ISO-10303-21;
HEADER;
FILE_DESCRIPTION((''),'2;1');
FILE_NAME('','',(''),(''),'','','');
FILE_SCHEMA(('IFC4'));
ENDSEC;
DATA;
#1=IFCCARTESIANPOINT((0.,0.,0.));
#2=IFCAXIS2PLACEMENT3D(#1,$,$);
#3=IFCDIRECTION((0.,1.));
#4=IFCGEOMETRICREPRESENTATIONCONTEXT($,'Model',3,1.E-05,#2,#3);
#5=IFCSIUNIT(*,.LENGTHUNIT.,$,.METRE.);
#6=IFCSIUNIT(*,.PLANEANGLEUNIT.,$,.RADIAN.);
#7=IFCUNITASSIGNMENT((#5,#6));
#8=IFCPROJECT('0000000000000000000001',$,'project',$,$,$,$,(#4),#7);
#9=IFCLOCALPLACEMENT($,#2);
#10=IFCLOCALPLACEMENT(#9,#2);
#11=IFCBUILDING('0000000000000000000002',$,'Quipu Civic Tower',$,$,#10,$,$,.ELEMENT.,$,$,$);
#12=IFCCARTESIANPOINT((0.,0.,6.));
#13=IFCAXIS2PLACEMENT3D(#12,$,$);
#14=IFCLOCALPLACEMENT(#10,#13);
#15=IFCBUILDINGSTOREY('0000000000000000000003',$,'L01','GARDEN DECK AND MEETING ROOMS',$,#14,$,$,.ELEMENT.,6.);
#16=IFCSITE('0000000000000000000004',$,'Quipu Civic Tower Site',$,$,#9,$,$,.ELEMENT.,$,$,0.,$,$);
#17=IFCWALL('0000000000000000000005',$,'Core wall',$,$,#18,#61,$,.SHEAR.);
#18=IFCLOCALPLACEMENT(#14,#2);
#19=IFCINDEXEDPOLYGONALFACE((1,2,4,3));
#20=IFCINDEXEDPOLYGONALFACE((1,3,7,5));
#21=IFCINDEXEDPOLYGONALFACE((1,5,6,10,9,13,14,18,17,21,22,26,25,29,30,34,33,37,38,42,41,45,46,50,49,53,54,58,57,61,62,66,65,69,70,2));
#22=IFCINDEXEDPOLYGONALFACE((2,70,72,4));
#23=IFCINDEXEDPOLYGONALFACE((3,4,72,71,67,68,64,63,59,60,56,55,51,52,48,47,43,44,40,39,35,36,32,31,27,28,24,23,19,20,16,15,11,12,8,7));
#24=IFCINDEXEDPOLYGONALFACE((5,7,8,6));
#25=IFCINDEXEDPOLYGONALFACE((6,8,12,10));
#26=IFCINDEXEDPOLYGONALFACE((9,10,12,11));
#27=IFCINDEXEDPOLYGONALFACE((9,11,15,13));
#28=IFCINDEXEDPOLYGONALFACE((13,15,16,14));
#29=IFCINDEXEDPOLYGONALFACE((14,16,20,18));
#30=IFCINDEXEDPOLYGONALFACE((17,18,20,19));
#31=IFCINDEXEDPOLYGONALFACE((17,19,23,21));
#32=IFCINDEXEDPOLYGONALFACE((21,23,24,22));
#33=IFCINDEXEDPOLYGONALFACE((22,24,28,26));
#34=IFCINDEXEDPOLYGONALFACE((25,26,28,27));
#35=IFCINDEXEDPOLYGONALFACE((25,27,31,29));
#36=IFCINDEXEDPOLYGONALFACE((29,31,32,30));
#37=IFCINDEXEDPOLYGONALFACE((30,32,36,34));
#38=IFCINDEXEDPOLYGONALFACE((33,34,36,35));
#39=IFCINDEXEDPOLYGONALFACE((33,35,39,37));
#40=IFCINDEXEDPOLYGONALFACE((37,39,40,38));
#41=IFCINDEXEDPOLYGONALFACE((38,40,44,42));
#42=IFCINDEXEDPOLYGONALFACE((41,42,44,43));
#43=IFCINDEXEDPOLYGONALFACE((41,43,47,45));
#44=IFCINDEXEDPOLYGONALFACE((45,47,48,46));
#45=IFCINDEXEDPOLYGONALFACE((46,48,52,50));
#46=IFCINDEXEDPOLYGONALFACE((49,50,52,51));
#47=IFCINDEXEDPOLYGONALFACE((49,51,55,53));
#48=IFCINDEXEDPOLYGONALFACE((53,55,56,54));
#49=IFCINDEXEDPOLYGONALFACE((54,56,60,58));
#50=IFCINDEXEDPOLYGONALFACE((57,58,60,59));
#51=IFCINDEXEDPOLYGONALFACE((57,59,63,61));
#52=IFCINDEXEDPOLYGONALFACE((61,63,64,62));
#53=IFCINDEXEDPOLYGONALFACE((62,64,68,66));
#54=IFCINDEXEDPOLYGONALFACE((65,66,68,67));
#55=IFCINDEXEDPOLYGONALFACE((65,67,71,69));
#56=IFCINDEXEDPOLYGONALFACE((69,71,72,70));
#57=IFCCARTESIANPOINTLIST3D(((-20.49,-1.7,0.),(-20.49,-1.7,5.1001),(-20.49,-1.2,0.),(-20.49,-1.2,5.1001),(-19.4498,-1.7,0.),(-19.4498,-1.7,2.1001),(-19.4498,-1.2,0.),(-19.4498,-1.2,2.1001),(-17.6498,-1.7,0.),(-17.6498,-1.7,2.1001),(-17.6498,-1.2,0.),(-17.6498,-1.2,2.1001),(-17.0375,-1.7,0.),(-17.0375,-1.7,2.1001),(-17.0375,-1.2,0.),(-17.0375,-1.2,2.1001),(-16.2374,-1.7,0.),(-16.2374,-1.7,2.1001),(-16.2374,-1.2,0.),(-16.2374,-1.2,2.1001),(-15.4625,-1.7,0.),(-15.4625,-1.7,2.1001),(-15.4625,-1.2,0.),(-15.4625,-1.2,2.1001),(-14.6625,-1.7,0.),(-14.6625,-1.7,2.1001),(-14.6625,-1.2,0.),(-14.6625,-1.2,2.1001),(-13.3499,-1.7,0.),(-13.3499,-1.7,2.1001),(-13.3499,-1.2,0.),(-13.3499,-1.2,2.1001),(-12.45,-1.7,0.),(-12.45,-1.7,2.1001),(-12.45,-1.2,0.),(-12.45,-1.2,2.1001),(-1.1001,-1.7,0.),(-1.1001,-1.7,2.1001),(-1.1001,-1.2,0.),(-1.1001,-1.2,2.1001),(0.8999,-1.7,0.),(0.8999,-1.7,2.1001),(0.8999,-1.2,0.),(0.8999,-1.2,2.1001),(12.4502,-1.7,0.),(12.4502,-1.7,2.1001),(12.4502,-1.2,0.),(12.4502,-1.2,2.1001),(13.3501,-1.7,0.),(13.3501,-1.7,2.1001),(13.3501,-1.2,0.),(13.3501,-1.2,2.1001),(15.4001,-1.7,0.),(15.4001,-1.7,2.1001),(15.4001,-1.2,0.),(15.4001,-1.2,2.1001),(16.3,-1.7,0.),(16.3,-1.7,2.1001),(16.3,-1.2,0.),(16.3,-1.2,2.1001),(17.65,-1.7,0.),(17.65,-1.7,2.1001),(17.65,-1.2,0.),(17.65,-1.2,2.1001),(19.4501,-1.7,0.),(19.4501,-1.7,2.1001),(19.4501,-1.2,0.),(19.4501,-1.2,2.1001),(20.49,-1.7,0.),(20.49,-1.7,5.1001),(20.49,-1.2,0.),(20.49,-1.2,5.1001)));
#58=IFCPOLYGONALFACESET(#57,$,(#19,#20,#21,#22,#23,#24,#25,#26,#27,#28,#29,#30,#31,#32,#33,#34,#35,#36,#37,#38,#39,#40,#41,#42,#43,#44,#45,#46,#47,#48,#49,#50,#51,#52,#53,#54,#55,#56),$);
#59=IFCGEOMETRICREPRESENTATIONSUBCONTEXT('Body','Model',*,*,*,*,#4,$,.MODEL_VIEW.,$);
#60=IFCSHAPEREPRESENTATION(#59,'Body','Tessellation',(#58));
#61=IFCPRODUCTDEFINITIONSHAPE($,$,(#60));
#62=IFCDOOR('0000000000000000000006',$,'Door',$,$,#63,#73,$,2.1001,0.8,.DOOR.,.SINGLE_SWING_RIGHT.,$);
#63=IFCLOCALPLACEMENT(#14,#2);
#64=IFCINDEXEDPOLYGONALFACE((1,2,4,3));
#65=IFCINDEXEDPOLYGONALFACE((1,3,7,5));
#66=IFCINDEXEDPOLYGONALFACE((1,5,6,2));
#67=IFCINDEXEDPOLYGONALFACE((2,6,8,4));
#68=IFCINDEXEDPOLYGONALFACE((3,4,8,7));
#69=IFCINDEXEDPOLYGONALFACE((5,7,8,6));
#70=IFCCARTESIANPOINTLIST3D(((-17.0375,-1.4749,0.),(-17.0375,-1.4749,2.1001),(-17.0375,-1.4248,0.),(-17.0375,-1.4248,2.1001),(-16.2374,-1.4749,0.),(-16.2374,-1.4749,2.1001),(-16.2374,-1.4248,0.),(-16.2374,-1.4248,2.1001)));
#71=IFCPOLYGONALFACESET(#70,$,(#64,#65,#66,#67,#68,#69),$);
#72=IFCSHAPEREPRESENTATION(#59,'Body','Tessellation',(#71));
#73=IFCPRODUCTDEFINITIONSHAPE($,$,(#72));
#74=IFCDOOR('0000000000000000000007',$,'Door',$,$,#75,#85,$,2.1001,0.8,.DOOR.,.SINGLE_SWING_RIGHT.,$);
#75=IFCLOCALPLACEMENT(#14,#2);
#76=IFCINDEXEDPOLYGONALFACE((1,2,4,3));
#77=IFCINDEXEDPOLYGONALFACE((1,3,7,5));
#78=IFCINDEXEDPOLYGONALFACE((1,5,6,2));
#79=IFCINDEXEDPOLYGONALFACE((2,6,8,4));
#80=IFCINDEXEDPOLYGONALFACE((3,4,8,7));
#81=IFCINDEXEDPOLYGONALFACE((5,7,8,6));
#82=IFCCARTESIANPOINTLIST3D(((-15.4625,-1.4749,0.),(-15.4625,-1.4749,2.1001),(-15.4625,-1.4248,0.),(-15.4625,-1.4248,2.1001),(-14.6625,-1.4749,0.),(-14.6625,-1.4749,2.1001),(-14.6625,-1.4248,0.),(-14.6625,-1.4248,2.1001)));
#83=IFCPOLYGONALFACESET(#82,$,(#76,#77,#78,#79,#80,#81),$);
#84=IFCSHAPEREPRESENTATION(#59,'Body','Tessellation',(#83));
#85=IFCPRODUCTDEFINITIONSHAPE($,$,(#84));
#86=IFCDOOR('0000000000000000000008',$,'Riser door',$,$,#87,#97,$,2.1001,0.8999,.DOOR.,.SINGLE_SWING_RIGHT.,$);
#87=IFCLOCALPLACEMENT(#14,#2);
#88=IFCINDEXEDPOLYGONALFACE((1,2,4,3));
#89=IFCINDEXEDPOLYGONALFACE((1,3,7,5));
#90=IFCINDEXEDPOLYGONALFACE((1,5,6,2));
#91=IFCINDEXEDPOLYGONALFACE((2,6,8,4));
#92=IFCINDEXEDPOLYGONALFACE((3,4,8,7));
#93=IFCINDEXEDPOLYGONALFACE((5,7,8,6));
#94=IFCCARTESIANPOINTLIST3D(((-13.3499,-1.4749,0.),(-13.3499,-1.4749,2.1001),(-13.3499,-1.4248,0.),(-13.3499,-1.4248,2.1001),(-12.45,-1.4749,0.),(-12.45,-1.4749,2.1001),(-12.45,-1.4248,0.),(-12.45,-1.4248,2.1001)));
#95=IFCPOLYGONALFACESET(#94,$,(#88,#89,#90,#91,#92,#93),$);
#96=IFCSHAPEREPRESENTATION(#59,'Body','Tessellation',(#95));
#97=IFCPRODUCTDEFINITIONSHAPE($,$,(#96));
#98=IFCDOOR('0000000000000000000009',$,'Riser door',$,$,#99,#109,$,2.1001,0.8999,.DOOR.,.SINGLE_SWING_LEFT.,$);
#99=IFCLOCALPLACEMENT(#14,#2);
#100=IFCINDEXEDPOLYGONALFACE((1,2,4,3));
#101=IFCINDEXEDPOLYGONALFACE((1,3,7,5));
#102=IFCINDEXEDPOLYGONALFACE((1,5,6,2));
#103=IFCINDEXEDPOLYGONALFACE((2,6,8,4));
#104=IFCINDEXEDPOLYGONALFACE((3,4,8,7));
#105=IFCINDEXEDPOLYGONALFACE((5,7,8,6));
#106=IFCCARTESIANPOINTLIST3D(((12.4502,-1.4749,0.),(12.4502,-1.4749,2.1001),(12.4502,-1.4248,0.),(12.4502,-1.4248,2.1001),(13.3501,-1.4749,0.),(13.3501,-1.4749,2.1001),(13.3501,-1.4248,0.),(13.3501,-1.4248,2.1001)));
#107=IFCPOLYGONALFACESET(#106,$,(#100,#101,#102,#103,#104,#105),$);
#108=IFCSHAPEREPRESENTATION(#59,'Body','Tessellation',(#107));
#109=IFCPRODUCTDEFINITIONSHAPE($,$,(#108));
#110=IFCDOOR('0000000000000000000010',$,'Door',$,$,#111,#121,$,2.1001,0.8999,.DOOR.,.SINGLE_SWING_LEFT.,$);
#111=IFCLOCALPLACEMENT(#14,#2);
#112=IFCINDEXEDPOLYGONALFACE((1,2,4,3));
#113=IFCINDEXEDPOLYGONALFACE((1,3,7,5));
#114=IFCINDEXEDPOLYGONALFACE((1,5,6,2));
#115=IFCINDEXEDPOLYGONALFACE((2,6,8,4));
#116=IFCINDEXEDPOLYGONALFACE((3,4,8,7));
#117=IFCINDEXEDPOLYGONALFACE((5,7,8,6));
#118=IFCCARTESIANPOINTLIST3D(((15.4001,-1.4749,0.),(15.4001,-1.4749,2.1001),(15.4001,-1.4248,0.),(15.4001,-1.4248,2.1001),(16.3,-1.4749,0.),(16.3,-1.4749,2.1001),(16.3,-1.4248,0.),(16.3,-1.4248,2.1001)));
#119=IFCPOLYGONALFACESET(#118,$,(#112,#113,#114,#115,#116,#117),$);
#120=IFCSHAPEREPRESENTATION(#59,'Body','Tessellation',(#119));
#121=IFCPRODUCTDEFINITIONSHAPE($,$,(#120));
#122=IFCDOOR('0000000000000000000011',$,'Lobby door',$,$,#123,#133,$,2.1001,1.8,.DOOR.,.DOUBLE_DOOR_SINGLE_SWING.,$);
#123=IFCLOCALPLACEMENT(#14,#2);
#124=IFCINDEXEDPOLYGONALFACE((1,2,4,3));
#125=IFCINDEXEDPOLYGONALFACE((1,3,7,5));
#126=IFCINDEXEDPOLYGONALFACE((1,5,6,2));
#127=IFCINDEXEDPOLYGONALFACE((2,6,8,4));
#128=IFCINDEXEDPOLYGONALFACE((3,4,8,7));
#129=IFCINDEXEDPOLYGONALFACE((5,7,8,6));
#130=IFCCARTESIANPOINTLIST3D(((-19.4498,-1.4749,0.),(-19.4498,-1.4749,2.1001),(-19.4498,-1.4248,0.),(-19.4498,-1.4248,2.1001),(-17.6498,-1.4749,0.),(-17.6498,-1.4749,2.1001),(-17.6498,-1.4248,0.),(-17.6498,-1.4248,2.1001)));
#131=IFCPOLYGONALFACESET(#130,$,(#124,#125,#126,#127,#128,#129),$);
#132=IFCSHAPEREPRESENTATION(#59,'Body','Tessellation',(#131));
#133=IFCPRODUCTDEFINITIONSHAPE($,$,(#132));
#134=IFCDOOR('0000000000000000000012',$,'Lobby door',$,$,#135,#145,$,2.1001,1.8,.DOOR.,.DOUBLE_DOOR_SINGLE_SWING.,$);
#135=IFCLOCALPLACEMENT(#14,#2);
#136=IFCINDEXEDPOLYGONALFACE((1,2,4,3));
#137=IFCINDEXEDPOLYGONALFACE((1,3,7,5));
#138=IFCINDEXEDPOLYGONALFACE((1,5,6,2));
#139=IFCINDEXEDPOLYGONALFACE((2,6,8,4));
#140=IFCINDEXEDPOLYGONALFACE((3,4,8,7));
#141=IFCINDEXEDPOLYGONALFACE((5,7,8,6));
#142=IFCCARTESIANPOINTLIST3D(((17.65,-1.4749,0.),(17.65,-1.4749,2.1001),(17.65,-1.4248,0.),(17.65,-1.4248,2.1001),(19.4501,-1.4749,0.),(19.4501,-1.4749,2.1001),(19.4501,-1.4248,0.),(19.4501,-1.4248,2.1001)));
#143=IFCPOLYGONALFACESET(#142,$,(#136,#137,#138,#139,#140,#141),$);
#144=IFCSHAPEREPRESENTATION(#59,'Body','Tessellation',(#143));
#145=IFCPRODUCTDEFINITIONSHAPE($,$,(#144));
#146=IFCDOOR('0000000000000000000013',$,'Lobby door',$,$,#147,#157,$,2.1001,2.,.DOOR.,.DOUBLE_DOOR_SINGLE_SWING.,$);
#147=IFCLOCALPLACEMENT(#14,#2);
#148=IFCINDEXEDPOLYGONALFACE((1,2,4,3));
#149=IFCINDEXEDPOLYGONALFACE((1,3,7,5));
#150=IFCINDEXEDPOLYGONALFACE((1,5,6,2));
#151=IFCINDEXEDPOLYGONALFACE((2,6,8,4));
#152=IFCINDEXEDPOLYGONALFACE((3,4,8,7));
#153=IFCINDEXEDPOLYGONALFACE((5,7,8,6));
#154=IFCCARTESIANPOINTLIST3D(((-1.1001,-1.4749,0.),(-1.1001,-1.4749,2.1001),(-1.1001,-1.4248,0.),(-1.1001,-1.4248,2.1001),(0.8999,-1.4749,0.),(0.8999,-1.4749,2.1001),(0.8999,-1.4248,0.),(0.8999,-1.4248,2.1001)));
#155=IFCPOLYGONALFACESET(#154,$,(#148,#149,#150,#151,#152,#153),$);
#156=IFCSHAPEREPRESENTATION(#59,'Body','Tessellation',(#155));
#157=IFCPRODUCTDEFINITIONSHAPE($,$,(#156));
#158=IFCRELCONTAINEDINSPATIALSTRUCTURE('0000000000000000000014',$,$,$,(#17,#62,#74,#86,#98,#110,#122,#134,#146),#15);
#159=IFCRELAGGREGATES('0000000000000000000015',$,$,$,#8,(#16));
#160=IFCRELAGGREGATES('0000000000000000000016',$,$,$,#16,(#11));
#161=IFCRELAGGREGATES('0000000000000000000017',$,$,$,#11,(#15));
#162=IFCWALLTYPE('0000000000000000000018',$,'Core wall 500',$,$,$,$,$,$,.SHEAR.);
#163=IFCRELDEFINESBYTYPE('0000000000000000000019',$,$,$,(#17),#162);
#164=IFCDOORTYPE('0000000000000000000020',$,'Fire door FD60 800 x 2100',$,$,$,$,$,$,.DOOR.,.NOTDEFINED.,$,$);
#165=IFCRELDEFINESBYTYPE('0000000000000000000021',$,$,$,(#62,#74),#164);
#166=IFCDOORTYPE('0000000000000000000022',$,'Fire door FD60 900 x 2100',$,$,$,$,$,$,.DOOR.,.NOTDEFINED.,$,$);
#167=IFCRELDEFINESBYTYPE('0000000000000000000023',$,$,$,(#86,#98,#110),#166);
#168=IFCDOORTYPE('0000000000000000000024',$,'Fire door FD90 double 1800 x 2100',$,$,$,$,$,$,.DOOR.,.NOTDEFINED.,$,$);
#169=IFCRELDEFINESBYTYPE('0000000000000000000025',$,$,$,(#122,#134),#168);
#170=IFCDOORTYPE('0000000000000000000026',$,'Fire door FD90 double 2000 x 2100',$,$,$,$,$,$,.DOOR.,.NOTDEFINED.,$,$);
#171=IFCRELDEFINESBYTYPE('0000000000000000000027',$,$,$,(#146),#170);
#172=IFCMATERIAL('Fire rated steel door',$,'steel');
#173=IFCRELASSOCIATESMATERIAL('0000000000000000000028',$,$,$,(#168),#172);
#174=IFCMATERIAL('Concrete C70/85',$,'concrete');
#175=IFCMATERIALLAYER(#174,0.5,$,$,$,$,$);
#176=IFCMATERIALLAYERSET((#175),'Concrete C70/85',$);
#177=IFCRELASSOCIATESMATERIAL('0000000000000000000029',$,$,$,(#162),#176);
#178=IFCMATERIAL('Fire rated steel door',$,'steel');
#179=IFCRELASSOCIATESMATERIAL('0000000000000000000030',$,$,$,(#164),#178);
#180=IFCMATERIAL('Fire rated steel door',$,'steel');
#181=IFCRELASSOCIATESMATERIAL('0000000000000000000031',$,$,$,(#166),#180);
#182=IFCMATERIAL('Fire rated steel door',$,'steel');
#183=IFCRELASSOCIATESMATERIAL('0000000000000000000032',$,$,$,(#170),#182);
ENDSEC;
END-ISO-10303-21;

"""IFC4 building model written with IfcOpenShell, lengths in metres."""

from ifc_helpers import new_model, si_unit, direction, frame, frame_2d, origin, place, context, subcontext, project, spatial, rectangle, extrude, material, layer, layer_set, type_object, element, fill, save


model = new_model("IFC4")

# Units and contexts
model_context = context("Model", 3, precision=1e-05, world=origin(), true_north=direction((0.0, 1.0)))
body_context = subcontext(model_context, "Body", "Model", "MODEL_VIEW")
ifc_project = project(units=[si_unit("LENGTHUNIT", "METRE"), si_unit("PLANEANGLEUNIT", "RADIAN")], contexts=[model_context])

# Site, building, storey
site_placement = place(None, origin())
site = spatial("IfcSite", under=ifc_project, at=site_placement, Name="Quipu Civic Tower Site", CompositionType="ELEMENT", RefElevation=0.0)
building_placement = place(site_placement, origin())
building = spatial("IfcBuilding", under=site, at=building_placement, Name="Quipu Civic Tower", CompositionType="ELEMENT")
storey_placement = place(building_placement, frame((0.0, 0.0, 6.0)))
storey = spatial("IfcBuildingStorey", under=building, at=storey_placement, Name="L01", Description="GARDEN DECK AND MEETING ROOMS", CompositionType="ELEMENT", Elevation=6.0)

# Shared definitions
ifc_material_1 = material(Name="Fire rated steel door", Category="steel")
door_type_1 = type_object("IfcDoorType", Name="Fire door FD90 double 1800 x 2100", OperationType="NOTDEFINED", PredefinedType="DOOR", material=ifc_material_1)

# Wall, openings, doors
ifc_material_2 = material(Name="Concrete C70/85", Category="concrete")
ifc_layer_1 = layer(ifc_material_2, 0.5)
ifc_layer_set_1 = layer_set([ifc_layer_1], Name="Concrete C70/85")
wall_type_1 = type_object("IfcWallType", Name="Core wall 500", PredefinedType="SHEAR", material=ifc_layer_set_1)
wall_1_placement = place(storey_placement, frame((20.49, -1.45, 0.0), z_axis=(0.0, 0.0, 1.0), x_axis=(-1.0, 0.0, 0.0)))
wall_1 = element("IfcWall", 1, at=wall_1_placement, inside=storey, type_object=wall_type_1, Name="Core wall", PredefinedType="SHEAR", context=body_context, shape_type="SweptSolid", body=[
    extrude(rectangle(XDim=40.98, YDim=0.5, at=frame_2d((20.49, 0.0))), origin(), (0.0, 0.0, 1.0), 5.1001),
])
opening_1_placement = place(wall_1_placement, frame((38.1399, 0.0, 0.0)))
opening_1 = element("IfcOpeningElement", 2, at=opening_1_placement, cuts=wall_1, PredefinedType="OPENING", context=body_context, shape_type="SweptSolid", body=[
    extrude(rectangle(XDim=1.8, YDim=2.1001, at=frame_2d((0.8999, 1.05))), frame((0.0, 0.26, 0.0), z_axis=(0.0, -1.0, 0.0), x_axis=(1.0, 0.0, 0.0)), (0.0, 0.0, 1.0), 0.52),
])
opening_2_placement = place(wall_1_placement, frame((36.7275, 0.0, 0.0)))
opening_2 = element("IfcOpeningElement", 3, at=opening_2_placement, cuts=wall_1, PredefinedType="OPENING", context=body_context, shape_type="SweptSolid", body=[
    extrude(rectangle(XDim=0.8, YDim=2.1001, at=frame_2d((0.3999, 1.05))), frame((0.0, 0.26, 0.0), z_axis=(0.0, -1.0, 0.0), x_axis=(1.0, 0.0, 0.0)), (0.0, 0.0, 1.0), 0.52),
])
opening_3_placement = place(wall_1_placement, frame((35.1526, 0.0, 0.0)))
opening_3 = element("IfcOpeningElement", 4, at=opening_3_placement, cuts=wall_1, PredefinedType="OPENING", context=body_context, shape_type="SweptSolid", body=[
    extrude(rectangle(XDim=0.8, YDim=2.1001, at=frame_2d((0.3999, 1.05))), frame((0.0, 0.26, 0.0), z_axis=(0.0, -1.0, 0.0), x_axis=(1.0, 0.0, 0.0)), (0.0, 0.0, 1.0), 0.52),
])
opening_4_placement = place(wall_1_placement, frame((32.9399, 0.0, 0.0)))
opening_4 = element("IfcOpeningElement", 5, at=opening_4_placement, cuts=wall_1, PredefinedType="OPENING", context=body_context, shape_type="SweptSolid", body=[
    extrude(rectangle(XDim=0.8999, YDim=2.1001, at=frame_2d((0.45, 1.05))), frame((0.0, 0.26, 0.0), z_axis=(0.0, -1.0, 0.0), x_axis=(1.0, 0.0, 0.0)), (0.0, 0.0, 1.0), 0.52),
])
opening_5_placement = place(wall_1_placement, frame((19.5901, 0.0, 0.0)))
opening_5 = element("IfcOpeningElement", 6, at=opening_5_placement, cuts=wall_1, PredefinedType="OPENING", context=body_context, shape_type="SweptSolid", body=[
    extrude(rectangle(XDim=2.0, YDim=2.1001, at=frame_2d((1.0, 1.05))), frame((0.0, 0.26, 0.0), z_axis=(0.0, -1.0, 0.0), x_axis=(1.0, 0.0, 0.0)), (0.0, 0.0, 1.0), 0.52),
])
opening_6_placement = place(wall_1_placement, frame((7.1399, 0.0, 0.0)))
opening_6 = element("IfcOpeningElement", 7, at=opening_6_placement, cuts=wall_1, PredefinedType="OPENING", context=body_context, shape_type="SweptSolid", body=[
    extrude(rectangle(XDim=0.8999, YDim=2.1001, at=frame_2d((0.45, 1.05))), frame((0.0, 0.26, 0.0), z_axis=(0.0, -1.0, 0.0), x_axis=(1.0, 0.0, 0.0)), (0.0, 0.0, 1.0), 0.52),
])
opening_7_placement = place(wall_1_placement, frame((4.1899, 0.0, 0.0)))
opening_7 = element("IfcOpeningElement", 8, at=opening_7_placement, cuts=wall_1, PredefinedType="OPENING", context=body_context, shape_type="SweptSolid", body=[
    extrude(rectangle(XDim=0.8999, YDim=2.1001, at=frame_2d((0.45, 1.05))), frame((0.0, 0.26, 0.0), z_axis=(0.0, -1.0, 0.0), x_axis=(1.0, 0.0, 0.0)), (0.0, 0.0, 1.0), 0.52),
])
opening_8_placement = place(wall_1_placement, frame((1.04, 0.0, 0.0)))
opening_8 = element("IfcOpeningElement", 9, at=opening_8_placement, cuts=wall_1, PredefinedType="OPENING", context=body_context, shape_type="SweptSolid", body=[
    extrude(rectangle(XDim=1.8, YDim=2.1001, at=frame_2d((0.8999, 1.05))), frame((0.0, 0.26, 0.0), z_axis=(0.0, -1.0, 0.0), x_axis=(1.0, 0.0, 0.0)), (0.0, 0.0, 1.0), 0.52),
])
ifc_material_3 = material(Name="Fire rated steel door", Category="steel")
door_type_2 = type_object("IfcDoorType", Name="Fire door FD60 800 x 2100", OperationType="NOTDEFINED", PredefinedType="DOOR", material=ifc_material_3)
door_1_placement = place(opening_2_placement, origin())
door_1 = element("IfcDoor", 10, at=door_1_placement, inside=storey, type_object=door_type_2, Name="Door", OperationType="SINGLE_SWING_RIGHT", OverallHeight=2.1001, OverallWidth=0.8, PredefinedType="DOOR", context=body_context, shape_type="SweptSolid", body=[
    extrude(rectangle(XDim=0.8, YDim=2.1001, at=frame_2d((0.3999, 1.05))), frame((0.0, 0.0249, 0.0), z_axis=(0.0, -1.0, 0.0), x_axis=(1.0, 0.0, 0.0)), (0.0, 0.0, 1.0), 0.05),
])
fill(opening_2, door_1)
door_2_placement = place(opening_3_placement, origin())
door_2 = element("IfcDoor", 11, at=door_2_placement, inside=storey, type_object=door_type_2, Name="Door", OperationType="SINGLE_SWING_RIGHT", OverallHeight=2.1001, OverallWidth=0.8, PredefinedType="DOOR", context=body_context, shape_type="SweptSolid", body=[
    extrude(rectangle(XDim=0.8, YDim=2.1001, at=frame_2d((0.3999, 1.05))), frame((0.0, 0.0249, 0.0), z_axis=(0.0, -1.0, 0.0), x_axis=(1.0, 0.0, 0.0)), (0.0, 0.0, 1.0), 0.05),
])
fill(opening_3, door_2)
ifc_material_4 = material(Name="Fire rated steel door", Category="steel")
door_type_3 = type_object("IfcDoorType", Name="Fire door FD60 900 x 2100", OperationType="NOTDEFINED", PredefinedType="DOOR", material=ifc_material_4)
door_3_placement = place(opening_4_placement, origin())
door_3 = element("IfcDoor", 12, at=door_3_placement, inside=storey, type_object=door_type_3, Name="Riser door", OperationType="SINGLE_SWING_RIGHT", OverallHeight=2.1001, OverallWidth=0.8999, PredefinedType="DOOR", context=body_context, shape_type="SweptSolid", body=[
    extrude(rectangle(XDim=0.8999, YDim=2.1001, at=frame_2d((0.45, 1.05))), frame((0.0, 0.0249, 0.0), z_axis=(0.0, -1.0, 0.0), x_axis=(1.0, 0.0, 0.0)), (0.0, 0.0, 1.0), 0.05),
])
fill(opening_4, door_3)
door_4_placement = place(opening_6_placement, origin())
door_4 = element("IfcDoor", 13, at=door_4_placement, inside=storey, type_object=door_type_3, Name="Riser door", OperationType="SINGLE_SWING_LEFT", OverallHeight=2.1001, OverallWidth=0.8999, PredefinedType="DOOR", context=body_context, shape_type="SweptSolid", body=[
    extrude(rectangle(XDim=0.8999, YDim=2.1001, at=frame_2d((0.45, 1.05))), frame((0.0, 0.0249, 0.0), z_axis=(0.0, -1.0, 0.0), x_axis=(1.0, 0.0, 0.0)), (0.0, 0.0, 1.0), 0.05),
])
fill(opening_6, door_4)
door_5_placement = place(opening_7_placement, origin())
door_5 = element("IfcDoor", 14, at=door_5_placement, inside=storey, type_object=door_type_3, Name="Door", OperationType="SINGLE_SWING_LEFT", OverallHeight=2.1001, OverallWidth=0.8999, PredefinedType="DOOR", context=body_context, shape_type="SweptSolid", body=[
    extrude(rectangle(XDim=0.8999, YDim=2.1001, at=frame_2d((0.45, 1.05))), frame((0.0, 0.0249, 0.0), z_axis=(0.0, -1.0, 0.0), x_axis=(1.0, 0.0, 0.0)), (0.0, 0.0, 1.0), 0.05),
])
fill(opening_7, door_5)
door_6_placement = place(opening_1_placement, origin())
door_6 = element("IfcDoor", 15, at=door_6_placement, inside=storey, type_object=door_type_1, Name="Lobby door", OperationType="DOUBLE_DOOR_SINGLE_SWING", OverallHeight=2.1001, OverallWidth=1.8, PredefinedType="DOOR", context=body_context, shape_type="SweptSolid", body=[
    extrude(rectangle(XDim=1.8, YDim=2.1001, at=frame_2d((0.8999, 1.05))), frame((0.0, 0.0249, 0.0), z_axis=(0.0, -1.0, 0.0), x_axis=(1.0, 0.0, 0.0)), (0.0, 0.0, 1.0), 0.05),
])
fill(opening_1, door_6)
door_7_placement = place(opening_8_placement, origin())
door_7 = element("IfcDoor", 16, at=door_7_placement, inside=storey, type_object=door_type_1, Name="Lobby door", OperationType="DOUBLE_DOOR_SINGLE_SWING", OverallHeight=2.1001, OverallWidth=1.8, PredefinedType="DOOR", context=body_context, shape_type="SweptSolid", body=[
    extrude(rectangle(XDim=1.8, YDim=2.1001, at=frame_2d((0.8999, 1.05))), frame((0.0, 0.0249, 0.0), z_axis=(0.0, -1.0, 0.0), x_axis=(1.0, 0.0, 0.0)), (0.0, 0.0, 1.0), 0.05),
])
fill(opening_8, door_7)
ifc_material_5 = material(Name="Fire rated steel door", Category="steel")
door_type_4 = type_object("IfcDoorType", Name="Fire door FD90 double 2000 x 2100", OperationType="NOTDEFINED", PredefinedType="DOOR", material=ifc_material_5)
door_8_placement = place(opening_5_placement, origin())
door_8 = element("IfcDoor", 17, at=door_8_placement, inside=storey, type_object=door_type_4, Name="Lobby door", OperationType="DOUBLE_DOOR_SINGLE_SWING", OverallHeight=2.1001, OverallWidth=2.0, PredefinedType="DOOR", context=body_context, shape_type="SweptSolid", body=[
    extrude(rectangle(XDim=2.0, YDim=2.1001, at=frame_2d((1.0, 1.05))), frame((0.0, 0.0249, 0.0), z_axis=(0.0, -1.0, 0.0), x_axis=(1.0, 0.0, 0.0)), (0.0, 0.0, 1.0), 0.05),
])
fill(opening_5, door_8)

save(model, "model.ifc")
